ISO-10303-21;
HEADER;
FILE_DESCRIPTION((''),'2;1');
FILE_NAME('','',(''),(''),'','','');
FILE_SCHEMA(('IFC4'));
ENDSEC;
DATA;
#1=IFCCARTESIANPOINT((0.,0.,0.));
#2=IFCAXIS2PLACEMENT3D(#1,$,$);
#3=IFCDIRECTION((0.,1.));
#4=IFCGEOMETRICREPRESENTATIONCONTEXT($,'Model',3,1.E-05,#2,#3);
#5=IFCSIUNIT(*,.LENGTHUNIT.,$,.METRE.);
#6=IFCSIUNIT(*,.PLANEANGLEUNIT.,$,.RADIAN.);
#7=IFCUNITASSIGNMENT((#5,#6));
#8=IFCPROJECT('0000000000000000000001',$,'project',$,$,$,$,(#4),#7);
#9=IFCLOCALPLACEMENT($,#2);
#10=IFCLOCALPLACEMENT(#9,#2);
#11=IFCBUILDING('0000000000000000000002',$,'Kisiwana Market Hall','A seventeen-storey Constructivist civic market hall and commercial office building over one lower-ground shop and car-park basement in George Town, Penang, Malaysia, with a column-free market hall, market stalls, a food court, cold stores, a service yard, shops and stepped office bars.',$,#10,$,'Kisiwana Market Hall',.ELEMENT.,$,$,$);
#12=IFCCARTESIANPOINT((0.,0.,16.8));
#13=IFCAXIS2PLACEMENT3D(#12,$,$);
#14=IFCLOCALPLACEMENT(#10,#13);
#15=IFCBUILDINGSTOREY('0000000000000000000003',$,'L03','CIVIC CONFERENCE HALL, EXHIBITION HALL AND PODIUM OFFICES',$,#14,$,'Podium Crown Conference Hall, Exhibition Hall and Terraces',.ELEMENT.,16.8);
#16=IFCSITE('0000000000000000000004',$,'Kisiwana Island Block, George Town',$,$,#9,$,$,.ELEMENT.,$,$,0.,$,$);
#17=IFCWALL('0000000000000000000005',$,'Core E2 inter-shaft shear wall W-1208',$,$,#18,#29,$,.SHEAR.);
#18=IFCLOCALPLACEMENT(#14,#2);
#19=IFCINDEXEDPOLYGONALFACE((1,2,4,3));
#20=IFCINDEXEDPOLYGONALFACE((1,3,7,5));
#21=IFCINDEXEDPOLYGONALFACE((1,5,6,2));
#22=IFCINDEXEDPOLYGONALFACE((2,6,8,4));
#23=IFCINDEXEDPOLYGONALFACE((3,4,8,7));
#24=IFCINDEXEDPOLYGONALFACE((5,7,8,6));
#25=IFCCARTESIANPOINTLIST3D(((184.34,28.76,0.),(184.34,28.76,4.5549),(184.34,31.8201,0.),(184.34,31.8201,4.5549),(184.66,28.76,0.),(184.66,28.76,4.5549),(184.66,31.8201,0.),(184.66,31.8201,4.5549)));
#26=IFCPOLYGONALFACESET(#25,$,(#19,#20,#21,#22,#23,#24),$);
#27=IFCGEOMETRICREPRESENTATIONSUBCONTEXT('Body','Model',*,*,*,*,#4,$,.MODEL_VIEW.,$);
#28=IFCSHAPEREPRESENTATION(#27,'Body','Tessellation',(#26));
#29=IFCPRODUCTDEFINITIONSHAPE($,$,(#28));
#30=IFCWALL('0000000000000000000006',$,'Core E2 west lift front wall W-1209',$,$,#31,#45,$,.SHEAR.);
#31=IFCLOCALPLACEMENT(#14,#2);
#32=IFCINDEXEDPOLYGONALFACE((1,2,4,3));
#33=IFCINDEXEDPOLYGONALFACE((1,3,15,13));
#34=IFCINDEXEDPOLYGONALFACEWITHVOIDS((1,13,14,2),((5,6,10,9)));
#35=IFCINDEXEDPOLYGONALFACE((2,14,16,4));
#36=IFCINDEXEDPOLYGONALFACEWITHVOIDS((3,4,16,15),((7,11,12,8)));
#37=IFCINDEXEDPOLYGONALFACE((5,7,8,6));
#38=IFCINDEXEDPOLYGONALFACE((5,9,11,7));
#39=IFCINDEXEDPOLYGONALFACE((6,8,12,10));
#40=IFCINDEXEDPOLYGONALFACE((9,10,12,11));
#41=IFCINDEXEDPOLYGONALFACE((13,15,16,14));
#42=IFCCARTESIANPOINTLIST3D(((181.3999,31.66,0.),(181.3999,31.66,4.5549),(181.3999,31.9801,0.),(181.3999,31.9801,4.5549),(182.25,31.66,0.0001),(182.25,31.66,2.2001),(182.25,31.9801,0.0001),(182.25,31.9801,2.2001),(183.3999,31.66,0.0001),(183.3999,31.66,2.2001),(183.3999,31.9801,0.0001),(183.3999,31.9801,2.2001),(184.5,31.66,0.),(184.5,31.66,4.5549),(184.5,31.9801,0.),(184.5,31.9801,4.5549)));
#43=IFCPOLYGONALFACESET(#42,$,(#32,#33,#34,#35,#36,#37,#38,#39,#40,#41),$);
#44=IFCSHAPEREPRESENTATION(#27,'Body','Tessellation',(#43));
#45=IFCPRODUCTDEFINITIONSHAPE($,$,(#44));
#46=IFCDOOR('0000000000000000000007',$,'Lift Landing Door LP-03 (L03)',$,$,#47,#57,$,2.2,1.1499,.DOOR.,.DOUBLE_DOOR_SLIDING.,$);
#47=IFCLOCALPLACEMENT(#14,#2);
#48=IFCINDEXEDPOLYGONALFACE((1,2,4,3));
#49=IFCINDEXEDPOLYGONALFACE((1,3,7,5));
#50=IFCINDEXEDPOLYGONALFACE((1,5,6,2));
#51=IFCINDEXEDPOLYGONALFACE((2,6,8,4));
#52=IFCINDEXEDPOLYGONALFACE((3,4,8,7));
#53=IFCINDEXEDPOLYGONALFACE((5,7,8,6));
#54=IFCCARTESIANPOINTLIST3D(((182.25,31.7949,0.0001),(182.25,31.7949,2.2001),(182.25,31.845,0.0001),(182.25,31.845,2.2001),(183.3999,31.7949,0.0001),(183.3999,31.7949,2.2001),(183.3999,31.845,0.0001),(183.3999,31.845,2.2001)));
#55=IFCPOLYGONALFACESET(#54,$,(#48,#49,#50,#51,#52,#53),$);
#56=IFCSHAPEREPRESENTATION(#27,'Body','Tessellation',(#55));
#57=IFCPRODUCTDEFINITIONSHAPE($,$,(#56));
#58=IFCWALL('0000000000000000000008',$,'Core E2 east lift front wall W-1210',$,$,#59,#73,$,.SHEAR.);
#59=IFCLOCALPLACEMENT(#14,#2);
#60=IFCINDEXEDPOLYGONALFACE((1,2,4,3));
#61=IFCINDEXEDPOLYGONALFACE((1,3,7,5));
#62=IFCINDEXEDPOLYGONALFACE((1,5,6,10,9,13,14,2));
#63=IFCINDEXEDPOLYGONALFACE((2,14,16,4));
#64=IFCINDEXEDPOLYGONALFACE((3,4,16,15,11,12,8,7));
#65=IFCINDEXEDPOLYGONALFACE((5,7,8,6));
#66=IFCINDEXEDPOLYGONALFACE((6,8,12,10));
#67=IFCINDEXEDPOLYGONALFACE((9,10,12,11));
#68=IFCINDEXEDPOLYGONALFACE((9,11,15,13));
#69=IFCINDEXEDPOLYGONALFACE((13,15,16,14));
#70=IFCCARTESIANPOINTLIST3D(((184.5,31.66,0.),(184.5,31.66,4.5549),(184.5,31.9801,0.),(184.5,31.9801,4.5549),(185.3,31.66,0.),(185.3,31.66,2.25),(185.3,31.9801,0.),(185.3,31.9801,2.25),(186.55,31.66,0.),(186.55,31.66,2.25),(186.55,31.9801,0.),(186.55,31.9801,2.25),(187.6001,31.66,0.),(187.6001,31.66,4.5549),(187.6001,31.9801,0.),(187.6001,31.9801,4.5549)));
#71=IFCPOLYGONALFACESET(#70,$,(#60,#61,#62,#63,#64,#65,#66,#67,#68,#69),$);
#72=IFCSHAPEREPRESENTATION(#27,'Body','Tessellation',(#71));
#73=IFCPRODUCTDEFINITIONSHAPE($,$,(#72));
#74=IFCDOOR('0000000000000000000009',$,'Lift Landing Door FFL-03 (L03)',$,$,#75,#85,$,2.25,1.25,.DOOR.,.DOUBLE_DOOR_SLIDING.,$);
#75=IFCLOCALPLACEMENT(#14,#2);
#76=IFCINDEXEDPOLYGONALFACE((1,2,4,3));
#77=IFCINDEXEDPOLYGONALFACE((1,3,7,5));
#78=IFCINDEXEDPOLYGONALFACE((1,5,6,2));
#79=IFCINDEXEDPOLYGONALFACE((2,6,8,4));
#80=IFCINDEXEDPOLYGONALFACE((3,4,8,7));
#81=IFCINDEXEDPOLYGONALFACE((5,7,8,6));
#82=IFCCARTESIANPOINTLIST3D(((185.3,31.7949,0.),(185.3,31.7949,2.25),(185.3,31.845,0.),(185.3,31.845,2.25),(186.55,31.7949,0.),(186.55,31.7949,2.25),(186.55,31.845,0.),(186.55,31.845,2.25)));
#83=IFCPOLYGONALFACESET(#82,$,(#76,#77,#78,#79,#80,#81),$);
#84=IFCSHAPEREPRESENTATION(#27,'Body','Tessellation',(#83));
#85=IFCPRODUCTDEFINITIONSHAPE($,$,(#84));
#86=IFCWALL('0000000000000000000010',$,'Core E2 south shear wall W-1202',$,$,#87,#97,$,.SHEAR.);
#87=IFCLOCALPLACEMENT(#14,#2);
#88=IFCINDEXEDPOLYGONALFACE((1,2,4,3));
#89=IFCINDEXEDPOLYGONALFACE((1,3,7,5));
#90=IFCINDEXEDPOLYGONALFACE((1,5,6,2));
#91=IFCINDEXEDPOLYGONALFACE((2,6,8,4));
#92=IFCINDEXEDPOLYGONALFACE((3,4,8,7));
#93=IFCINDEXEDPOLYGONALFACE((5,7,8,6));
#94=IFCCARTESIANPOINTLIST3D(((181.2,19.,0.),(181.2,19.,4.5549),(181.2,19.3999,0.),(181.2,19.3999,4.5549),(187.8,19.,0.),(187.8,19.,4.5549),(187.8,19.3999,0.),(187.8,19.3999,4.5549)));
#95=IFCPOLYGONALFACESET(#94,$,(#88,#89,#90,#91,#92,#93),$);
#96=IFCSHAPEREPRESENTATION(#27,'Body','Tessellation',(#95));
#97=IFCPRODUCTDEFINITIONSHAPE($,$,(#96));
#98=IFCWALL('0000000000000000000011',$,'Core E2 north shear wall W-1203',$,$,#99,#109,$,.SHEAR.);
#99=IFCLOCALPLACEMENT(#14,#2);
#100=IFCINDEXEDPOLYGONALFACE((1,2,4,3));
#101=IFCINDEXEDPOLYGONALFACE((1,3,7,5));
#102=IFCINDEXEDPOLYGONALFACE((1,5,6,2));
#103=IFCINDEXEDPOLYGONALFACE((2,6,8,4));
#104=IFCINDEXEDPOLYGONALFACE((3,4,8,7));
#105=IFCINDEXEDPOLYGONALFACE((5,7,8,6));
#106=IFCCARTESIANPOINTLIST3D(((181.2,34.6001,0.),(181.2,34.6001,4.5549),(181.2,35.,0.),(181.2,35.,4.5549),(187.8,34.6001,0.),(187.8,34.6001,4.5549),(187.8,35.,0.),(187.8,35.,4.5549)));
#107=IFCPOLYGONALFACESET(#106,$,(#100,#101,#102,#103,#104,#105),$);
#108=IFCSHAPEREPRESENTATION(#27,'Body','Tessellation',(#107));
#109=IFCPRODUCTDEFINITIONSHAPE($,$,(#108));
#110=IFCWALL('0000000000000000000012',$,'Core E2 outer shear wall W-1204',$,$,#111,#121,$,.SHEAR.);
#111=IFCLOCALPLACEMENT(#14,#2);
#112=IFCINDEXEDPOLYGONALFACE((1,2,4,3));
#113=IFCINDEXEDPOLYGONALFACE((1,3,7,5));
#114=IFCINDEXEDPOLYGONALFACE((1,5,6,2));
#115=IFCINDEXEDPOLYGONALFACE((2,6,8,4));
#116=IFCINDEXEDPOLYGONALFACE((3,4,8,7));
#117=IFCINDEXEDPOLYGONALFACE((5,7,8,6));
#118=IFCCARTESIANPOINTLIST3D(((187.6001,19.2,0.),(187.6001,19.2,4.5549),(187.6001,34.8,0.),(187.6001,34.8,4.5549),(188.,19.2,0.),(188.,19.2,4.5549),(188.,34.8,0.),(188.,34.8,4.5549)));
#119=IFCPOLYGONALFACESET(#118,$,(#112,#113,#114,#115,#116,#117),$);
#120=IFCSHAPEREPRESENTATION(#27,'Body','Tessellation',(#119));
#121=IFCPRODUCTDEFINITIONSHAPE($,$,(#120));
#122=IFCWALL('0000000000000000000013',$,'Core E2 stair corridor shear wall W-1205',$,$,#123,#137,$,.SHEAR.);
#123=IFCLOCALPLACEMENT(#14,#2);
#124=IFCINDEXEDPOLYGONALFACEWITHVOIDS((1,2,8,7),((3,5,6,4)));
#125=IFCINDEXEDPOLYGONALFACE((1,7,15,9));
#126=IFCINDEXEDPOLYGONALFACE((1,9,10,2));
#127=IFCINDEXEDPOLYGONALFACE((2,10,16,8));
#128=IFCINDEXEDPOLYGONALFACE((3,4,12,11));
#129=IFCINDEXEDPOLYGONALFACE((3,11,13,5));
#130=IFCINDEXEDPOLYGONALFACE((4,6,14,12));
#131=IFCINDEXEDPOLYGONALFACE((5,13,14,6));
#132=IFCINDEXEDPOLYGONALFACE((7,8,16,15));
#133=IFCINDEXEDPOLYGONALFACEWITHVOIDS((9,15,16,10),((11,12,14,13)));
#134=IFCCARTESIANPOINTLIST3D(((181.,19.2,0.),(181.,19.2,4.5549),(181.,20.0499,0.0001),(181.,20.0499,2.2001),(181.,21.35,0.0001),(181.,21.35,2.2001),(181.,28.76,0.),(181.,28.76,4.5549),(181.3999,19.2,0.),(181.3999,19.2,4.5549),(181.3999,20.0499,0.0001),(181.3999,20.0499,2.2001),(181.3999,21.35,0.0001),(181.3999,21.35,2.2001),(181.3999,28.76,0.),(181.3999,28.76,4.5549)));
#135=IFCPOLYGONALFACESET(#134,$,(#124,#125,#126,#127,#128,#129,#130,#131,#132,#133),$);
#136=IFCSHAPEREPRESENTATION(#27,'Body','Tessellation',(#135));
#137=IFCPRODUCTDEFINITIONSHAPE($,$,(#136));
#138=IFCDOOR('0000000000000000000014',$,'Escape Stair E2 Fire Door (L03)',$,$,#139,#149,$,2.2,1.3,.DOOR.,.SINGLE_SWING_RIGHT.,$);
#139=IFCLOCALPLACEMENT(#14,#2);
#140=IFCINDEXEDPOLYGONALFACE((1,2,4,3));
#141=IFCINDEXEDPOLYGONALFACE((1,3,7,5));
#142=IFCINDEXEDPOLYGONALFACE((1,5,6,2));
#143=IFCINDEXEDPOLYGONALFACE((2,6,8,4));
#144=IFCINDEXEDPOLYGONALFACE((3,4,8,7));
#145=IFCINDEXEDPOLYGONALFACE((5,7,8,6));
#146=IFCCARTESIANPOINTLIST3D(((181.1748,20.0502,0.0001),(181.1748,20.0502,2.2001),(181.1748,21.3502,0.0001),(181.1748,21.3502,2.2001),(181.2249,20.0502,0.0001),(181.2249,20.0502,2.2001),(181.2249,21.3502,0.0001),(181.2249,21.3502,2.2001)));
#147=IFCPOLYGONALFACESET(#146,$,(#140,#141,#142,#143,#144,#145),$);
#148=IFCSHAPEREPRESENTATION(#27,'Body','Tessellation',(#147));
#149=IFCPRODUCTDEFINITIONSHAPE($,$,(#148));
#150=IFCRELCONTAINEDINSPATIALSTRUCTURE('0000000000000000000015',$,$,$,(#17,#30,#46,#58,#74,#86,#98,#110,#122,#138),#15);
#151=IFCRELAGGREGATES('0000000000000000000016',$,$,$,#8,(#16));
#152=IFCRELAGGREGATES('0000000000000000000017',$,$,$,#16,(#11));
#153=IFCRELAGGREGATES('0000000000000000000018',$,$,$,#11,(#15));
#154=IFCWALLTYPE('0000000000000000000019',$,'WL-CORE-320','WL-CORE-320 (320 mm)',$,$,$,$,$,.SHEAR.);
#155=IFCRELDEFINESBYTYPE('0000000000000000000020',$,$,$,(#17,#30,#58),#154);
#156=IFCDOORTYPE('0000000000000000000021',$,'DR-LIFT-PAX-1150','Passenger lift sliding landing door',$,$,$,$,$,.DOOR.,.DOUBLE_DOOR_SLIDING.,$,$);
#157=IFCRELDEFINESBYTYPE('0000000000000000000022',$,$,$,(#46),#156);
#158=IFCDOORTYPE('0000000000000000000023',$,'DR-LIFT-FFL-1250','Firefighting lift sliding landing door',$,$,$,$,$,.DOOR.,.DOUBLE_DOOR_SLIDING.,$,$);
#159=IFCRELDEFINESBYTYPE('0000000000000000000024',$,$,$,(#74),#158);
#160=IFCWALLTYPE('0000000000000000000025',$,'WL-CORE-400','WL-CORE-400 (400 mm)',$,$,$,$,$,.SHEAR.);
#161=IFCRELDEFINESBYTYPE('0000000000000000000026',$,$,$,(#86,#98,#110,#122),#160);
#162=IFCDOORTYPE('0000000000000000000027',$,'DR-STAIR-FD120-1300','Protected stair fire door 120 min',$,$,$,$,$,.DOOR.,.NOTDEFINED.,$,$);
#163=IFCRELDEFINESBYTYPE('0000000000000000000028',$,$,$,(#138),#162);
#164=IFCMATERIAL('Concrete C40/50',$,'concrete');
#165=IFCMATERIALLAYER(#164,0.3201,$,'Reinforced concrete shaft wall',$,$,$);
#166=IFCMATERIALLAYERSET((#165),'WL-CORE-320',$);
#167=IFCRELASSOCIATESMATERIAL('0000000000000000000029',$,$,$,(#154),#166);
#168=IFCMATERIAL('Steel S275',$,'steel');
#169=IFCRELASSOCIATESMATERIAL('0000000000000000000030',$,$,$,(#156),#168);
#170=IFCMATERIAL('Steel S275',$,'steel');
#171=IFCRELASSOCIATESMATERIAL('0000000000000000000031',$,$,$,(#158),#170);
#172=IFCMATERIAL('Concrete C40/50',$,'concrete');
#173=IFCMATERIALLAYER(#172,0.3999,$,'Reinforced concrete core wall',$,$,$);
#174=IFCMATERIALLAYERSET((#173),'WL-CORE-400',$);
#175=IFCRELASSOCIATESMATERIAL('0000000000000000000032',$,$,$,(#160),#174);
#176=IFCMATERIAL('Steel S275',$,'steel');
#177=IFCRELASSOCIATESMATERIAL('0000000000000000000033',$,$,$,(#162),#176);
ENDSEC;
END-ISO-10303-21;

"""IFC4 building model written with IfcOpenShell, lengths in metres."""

from ifc_helpers import new_model, si_unit, direction, frame, frame_2d, origin, place, context, subcontext, project, spatial, rectangle, extrude, material, layer, layer_set, type_object, element, fill, save


model = new_model("IFC4")

# Units and contexts
model_context = context("Model", 3, precision=1e-05, world=origin(), true_north=direction((0.0, 1.0)))
body_context = subcontext(model_context, "Body", "Model", "MODEL_VIEW")
ifc_project = project(units=[si_unit("LENGTHUNIT", "METRE"), si_unit("PLANEANGLEUNIT", "RADIAN")], contexts=[model_context])

# Site, building, storey
site_placement = place(None, origin())
site = spatial("IfcSite", under=ifc_project, at=site_placement, Name="Kisiwana Island Block, George Town", CompositionType="ELEMENT", RefElevation=0.0)
building_placement = place(site_placement, origin())
building = spatial("IfcBuilding", under=site, at=building_placement, Name="Kisiwana Market Hall", Description="A seventeen-storey Constructivist civic market hall and commercial office building over one lower-ground shop and car-park basement in George Town, Penang, Malaysia, with a column-free market hall, market stalls, a food court, cold stores, a service yard, shops and stepped office bars.", LongName="Kisiwana Market Hall", CompositionType="ELEMENT")
storey_placement = place(building_placement, frame((0.0, 0.0, 16.8)))
storey = spatial("IfcBuildingStorey", under=building, at=storey_placement, Name="L03", Description="CIVIC CONFERENCE HALL, EXHIBITION HALL AND PODIUM OFFICES", LongName="Podium Crown Conference Hall, Exhibition Hall and Terraces", CompositionType="ELEMENT", Elevation=16.8)

# Wall
ifc_material_1 = material(Name="Concrete C40/50", Category="concrete")
ifc_layer_1 = layer(ifc_material_1, 0.3201, Name="Reinforced concrete shaft wall")
ifc_layer_set_1 = layer_set([ifc_layer_1], Name="WL-CORE-320")
wall_type_1 = type_object("IfcWallType", Name="WL-CORE-320", Description="WL-CORE-320 (320 mm)", PredefinedType="SHEAR", material=ifc_layer_set_1)
wall_1_placement = place(storey_placement, frame((184.5, 28.76, 0.0), z_axis=(0.0, 0.0, 1.0), x_axis=(0.0, 1.0, 0.0)))
element("IfcWall", 1, at=wall_1_placement, inside=storey, type_object=wall_type_1, Name="Core E2 inter-shaft shear wall W-1208", PredefinedType="SHEAR", context=body_context, shape_type="SweptSolid", body=[
    extrude(rectangle(XDim=3.0601, YDim=0.3201, at=frame_2d((1.53, 0.0))), origin(), (0.0, 0.0, 1.0), 4.5549),
])

# Walls, openings, doors
wall_2_placement = place(storey_placement, frame((181.3999, 31.8201, 0.0), z_axis=(0.0, 0.0, 1.0), x_axis=(1.0, 0.0, 0.0)))
wall_2 = element("IfcWall", 2, at=wall_2_placement, inside=storey, type_object=wall_type_1, Name="Core E2 west lift front wall W-1209", PredefinedType="SHEAR", context=body_context, shape_type="SweptSolid", body=[
    extrude(rectangle(XDim=3.1001, YDim=0.3201, at=frame_2d((1.55, 0.0))), origin(), (0.0, 0.0, 1.0), 4.5549),
])
opening_1_placement = place(wall_2_placement, frame((0.8501, 0.0, 0.0)))
opening_1 = element("IfcOpeningElement", 3, at=opening_1_placement, cuts=wall_2, PredefinedType="OPENING", context=body_context, shape_type="SweptSolid", body=[
    extrude(rectangle(XDim=1.1499, YDim=2.2, at=frame_2d((0.575, 1.1001))), frame((0.0, 0.1719, 0.0), z_axis=(0.0, -1.0, 0.0), x_axis=(1.0, 0.0, 0.0)), (0.0, 0.0, 1.0), 0.344),
])
ifc_material_2 = material(Name="Steel S275", Category="steel")
door_type_1 = type_object("IfcDoorType", Name="DR-LIFT-PAX-1150", Description="Passenger lift sliding landing door", OperationType="DOUBLE_DOOR_SLIDING", PredefinedType="DOOR", material=ifc_material_2)
door_1_placement = place(opening_1_placement, origin())
door_1 = element("IfcDoor", 4, at=door_1_placement, inside=storey, type_object=door_type_1, Name="Lift Landing Door LP-03 (L03)", OperationType="DOUBLE_DOOR_SLIDING", OverallHeight=2.2, OverallWidth=1.1499, PredefinedType="DOOR", context=body_context, shape_type="SweptSolid", body=[
    extrude(rectangle(XDim=1.1499, YDim=2.2, at=frame_2d((0.575, 1.1001))), frame((0.0, 0.0249, 0.0), z_axis=(0.0, -1.0, 0.0), x_axis=(1.0, 0.0, 0.0)), (0.0, 0.0, 1.0), 0.05),
])
fill(opening_1, door_1)
wall_3_placement = place(storey_placement, frame((184.5, 31.8201, 0.0), z_axis=(0.0, 0.0, 1.0), x_axis=(1.0, 0.0, 0.0)))
wall_3 = element("IfcWall", 5, at=wall_3_placement, inside=storey, type_object=wall_type_1, Name="Core E2 east lift front wall W-1210", PredefinedType="SHEAR", context=body_context, shape_type="SweptSolid", body=[
    extrude(rectangle(XDim=3.1001, YDim=0.3201, at=frame_2d((1.55, 0.0))), origin(), (0.0, 0.0, 1.0), 4.5549),
])
opening_2_placement = place(wall_3_placement, frame((0.8, 0.0, 0.0)))
opening_2 = element("IfcOpeningElement", 6, at=opening_2_placement, cuts=wall_3, PredefinedType="OPENING", context=body_context, shape_type="SweptSolid", body=[
    extrude(rectangle(XDim=1.25, YDim=2.25, at=frame_2d((0.625, 1.125))), frame((0.0, 0.1719, 0.0), z_axis=(0.0, -1.0, 0.0), x_axis=(1.0, 0.0, 0.0)), (0.0, 0.0, 1.0), 0.344),
])
ifc_material_3 = material(Name="Steel S275", Category="steel")
door_type_2 = type_object("IfcDoorType", Name="DR-LIFT-FFL-1250", Description="Firefighting lift sliding landing door", OperationType="DOUBLE_DOOR_SLIDING", PredefinedType="DOOR", material=ifc_material_3)
door_2_placement = place(opening_2_placement, origin())
door_2 = element("IfcDoor", 7, at=door_2_placement, inside=storey, type_object=door_type_2, Name="Lift Landing Door FFL-03 (L03)", OperationType="DOUBLE_DOOR_SLIDING", OverallHeight=2.25, OverallWidth=1.25, PredefinedType="DOOR", context=body_context, shape_type="SweptSolid", body=[
    extrude(rectangle(XDim=1.25, YDim=2.25, at=frame_2d((0.625, 1.125))), frame((0.0, 0.0249, 0.0), z_axis=(0.0, -1.0, 0.0), x_axis=(1.0, 0.0, 0.0)), (0.0, 0.0, 1.0), 0.05),
])
fill(opening_2, door_2)

# Walls
ifc_material_4 = material(Name="Concrete C40/50", Category="concrete")
ifc_layer_2 = layer(ifc_material_4, 0.3999, Name="Reinforced concrete core wall")
ifc_layer_set_2 = layer_set([ifc_layer_2], Name="WL-CORE-400")
wall_type_2 = type_object("IfcWallType", Name="WL-CORE-400", Description="WL-CORE-400 (400 mm)", PredefinedType="SHEAR", material=ifc_layer_set_2)
for number, where, z_axis, x_axis, name in (
    (8, (181.2, 19.2, 0.0), (0.0, 0.0, 1.0), (1.0, 0.0, 0.0), "Core E2 south shear wall W-1202"),
    (9, (181.2, 34.8, 0.0), (0.0, 0.0, 1.0), (1.0, 0.0, 0.0), "Core E2 north shear wall W-1203"),
):
    element("IfcWall", number, at=place(storey_placement, frame(where, z_axis=z_axis, x_axis=x_axis)), inside=storey, type_object=wall_type_2, Name=name, PredefinedType="SHEAR", context=body_context, shape_type="SweptSolid", body=[
        extrude(rectangle(XDim=6.6001, YDim=0.3999, at=frame_2d((3.3, 0.0))), origin(), (0.0, 0.0, 1.0), 4.5549),
    ])
wall_4_placement = place(storey_placement, frame((187.8, 19.2, 0.0), z_axis=(0.0, 0.0, 1.0), x_axis=(0.0, 1.0, 0.0)))
element("IfcWall", 10, at=wall_4_placement, inside=storey, type_object=wall_type_2, Name="Core E2 outer shear wall W-1204", PredefinedType="SHEAR", context=body_context, shape_type="SweptSolid", body=[
    extrude(rectangle(XDim=15.6001, YDim=0.3999, at=frame_2d((7.8, 0.0))), origin(), (0.0, 0.0, 1.0), 4.5549),
])

# Wall, opening, door
wall_5_placement = place(storey_placement, frame((181.2, 19.2, 0.0), z_axis=(0.0, 0.0, 1.0), x_axis=(0.0, 1.0, 0.0)))
wall_5 = element("IfcWall", 11, at=wall_5_placement, inside=storey, type_object=wall_type_2, Name="Core E2 stair corridor shear wall W-1205", PredefinedType="SHEAR", context=body_context, shape_type="SweptSolid", body=[
    extrude(rectangle(XDim=9.5601, YDim=0.3999, at=frame_2d((4.78, 0.0))), origin(), (0.0, 0.0, 1.0), 4.5549),
])
opening_3_placement = place(wall_5_placement, frame((0.8501, 0.0, 0.0)))
opening_3 = element("IfcOpeningElement", 12, at=opening_3_placement, cuts=wall_5, PredefinedType="OPENING", context=body_context, shape_type="SweptSolid", body=[
    extrude(rectangle(XDim=1.3, YDim=2.2, at=frame_2d((0.6499, 1.1001))), frame((0.0, 0.2119, 0.0), z_axis=(0.0, -1.0, 0.0), x_axis=(1.0, 0.0, 0.0)), (0.0, 0.0, 1.0), 0.4238),
])
ifc_material_5 = material(Name="Steel S275", Category="steel")
door_type_3 = type_object("IfcDoorType", Name="DR-STAIR-FD120-1300", Description="Protected stair fire door 120 min", OperationType="NOTDEFINED", PredefinedType="DOOR", material=ifc_material_5)
door_3_placement = place(opening_3_placement, frame((1.3, 0.0, 0.0), z_axis=(0.0, 0.0, 1.0), x_axis=(-1.0, 0.0, 0.0)))
door_3 = element("IfcDoor", 13, at=door_3_placement, inside=storey, type_object=door_type_3, Name="Escape Stair E2 Fire Door (L03)", OperationType="SINGLE_SWING_RIGHT", OverallHeight=2.2, OverallWidth=1.3, PredefinedType="DOOR", context=body_context, shape_type="SweptSolid", body=[
    extrude(rectangle(XDim=1.3, YDim=2.2, at=frame_2d((0.6499, 1.1001))), frame((0.0, 0.0249, 0.0), z_axis=(0.0, -1.0, 0.0), x_axis=(1.0, 0.0, 0.0)), (0.0, 0.0, 1.0), 0.05),
])
fill(opening_3, door_3)

save(model, "model.ifc")
